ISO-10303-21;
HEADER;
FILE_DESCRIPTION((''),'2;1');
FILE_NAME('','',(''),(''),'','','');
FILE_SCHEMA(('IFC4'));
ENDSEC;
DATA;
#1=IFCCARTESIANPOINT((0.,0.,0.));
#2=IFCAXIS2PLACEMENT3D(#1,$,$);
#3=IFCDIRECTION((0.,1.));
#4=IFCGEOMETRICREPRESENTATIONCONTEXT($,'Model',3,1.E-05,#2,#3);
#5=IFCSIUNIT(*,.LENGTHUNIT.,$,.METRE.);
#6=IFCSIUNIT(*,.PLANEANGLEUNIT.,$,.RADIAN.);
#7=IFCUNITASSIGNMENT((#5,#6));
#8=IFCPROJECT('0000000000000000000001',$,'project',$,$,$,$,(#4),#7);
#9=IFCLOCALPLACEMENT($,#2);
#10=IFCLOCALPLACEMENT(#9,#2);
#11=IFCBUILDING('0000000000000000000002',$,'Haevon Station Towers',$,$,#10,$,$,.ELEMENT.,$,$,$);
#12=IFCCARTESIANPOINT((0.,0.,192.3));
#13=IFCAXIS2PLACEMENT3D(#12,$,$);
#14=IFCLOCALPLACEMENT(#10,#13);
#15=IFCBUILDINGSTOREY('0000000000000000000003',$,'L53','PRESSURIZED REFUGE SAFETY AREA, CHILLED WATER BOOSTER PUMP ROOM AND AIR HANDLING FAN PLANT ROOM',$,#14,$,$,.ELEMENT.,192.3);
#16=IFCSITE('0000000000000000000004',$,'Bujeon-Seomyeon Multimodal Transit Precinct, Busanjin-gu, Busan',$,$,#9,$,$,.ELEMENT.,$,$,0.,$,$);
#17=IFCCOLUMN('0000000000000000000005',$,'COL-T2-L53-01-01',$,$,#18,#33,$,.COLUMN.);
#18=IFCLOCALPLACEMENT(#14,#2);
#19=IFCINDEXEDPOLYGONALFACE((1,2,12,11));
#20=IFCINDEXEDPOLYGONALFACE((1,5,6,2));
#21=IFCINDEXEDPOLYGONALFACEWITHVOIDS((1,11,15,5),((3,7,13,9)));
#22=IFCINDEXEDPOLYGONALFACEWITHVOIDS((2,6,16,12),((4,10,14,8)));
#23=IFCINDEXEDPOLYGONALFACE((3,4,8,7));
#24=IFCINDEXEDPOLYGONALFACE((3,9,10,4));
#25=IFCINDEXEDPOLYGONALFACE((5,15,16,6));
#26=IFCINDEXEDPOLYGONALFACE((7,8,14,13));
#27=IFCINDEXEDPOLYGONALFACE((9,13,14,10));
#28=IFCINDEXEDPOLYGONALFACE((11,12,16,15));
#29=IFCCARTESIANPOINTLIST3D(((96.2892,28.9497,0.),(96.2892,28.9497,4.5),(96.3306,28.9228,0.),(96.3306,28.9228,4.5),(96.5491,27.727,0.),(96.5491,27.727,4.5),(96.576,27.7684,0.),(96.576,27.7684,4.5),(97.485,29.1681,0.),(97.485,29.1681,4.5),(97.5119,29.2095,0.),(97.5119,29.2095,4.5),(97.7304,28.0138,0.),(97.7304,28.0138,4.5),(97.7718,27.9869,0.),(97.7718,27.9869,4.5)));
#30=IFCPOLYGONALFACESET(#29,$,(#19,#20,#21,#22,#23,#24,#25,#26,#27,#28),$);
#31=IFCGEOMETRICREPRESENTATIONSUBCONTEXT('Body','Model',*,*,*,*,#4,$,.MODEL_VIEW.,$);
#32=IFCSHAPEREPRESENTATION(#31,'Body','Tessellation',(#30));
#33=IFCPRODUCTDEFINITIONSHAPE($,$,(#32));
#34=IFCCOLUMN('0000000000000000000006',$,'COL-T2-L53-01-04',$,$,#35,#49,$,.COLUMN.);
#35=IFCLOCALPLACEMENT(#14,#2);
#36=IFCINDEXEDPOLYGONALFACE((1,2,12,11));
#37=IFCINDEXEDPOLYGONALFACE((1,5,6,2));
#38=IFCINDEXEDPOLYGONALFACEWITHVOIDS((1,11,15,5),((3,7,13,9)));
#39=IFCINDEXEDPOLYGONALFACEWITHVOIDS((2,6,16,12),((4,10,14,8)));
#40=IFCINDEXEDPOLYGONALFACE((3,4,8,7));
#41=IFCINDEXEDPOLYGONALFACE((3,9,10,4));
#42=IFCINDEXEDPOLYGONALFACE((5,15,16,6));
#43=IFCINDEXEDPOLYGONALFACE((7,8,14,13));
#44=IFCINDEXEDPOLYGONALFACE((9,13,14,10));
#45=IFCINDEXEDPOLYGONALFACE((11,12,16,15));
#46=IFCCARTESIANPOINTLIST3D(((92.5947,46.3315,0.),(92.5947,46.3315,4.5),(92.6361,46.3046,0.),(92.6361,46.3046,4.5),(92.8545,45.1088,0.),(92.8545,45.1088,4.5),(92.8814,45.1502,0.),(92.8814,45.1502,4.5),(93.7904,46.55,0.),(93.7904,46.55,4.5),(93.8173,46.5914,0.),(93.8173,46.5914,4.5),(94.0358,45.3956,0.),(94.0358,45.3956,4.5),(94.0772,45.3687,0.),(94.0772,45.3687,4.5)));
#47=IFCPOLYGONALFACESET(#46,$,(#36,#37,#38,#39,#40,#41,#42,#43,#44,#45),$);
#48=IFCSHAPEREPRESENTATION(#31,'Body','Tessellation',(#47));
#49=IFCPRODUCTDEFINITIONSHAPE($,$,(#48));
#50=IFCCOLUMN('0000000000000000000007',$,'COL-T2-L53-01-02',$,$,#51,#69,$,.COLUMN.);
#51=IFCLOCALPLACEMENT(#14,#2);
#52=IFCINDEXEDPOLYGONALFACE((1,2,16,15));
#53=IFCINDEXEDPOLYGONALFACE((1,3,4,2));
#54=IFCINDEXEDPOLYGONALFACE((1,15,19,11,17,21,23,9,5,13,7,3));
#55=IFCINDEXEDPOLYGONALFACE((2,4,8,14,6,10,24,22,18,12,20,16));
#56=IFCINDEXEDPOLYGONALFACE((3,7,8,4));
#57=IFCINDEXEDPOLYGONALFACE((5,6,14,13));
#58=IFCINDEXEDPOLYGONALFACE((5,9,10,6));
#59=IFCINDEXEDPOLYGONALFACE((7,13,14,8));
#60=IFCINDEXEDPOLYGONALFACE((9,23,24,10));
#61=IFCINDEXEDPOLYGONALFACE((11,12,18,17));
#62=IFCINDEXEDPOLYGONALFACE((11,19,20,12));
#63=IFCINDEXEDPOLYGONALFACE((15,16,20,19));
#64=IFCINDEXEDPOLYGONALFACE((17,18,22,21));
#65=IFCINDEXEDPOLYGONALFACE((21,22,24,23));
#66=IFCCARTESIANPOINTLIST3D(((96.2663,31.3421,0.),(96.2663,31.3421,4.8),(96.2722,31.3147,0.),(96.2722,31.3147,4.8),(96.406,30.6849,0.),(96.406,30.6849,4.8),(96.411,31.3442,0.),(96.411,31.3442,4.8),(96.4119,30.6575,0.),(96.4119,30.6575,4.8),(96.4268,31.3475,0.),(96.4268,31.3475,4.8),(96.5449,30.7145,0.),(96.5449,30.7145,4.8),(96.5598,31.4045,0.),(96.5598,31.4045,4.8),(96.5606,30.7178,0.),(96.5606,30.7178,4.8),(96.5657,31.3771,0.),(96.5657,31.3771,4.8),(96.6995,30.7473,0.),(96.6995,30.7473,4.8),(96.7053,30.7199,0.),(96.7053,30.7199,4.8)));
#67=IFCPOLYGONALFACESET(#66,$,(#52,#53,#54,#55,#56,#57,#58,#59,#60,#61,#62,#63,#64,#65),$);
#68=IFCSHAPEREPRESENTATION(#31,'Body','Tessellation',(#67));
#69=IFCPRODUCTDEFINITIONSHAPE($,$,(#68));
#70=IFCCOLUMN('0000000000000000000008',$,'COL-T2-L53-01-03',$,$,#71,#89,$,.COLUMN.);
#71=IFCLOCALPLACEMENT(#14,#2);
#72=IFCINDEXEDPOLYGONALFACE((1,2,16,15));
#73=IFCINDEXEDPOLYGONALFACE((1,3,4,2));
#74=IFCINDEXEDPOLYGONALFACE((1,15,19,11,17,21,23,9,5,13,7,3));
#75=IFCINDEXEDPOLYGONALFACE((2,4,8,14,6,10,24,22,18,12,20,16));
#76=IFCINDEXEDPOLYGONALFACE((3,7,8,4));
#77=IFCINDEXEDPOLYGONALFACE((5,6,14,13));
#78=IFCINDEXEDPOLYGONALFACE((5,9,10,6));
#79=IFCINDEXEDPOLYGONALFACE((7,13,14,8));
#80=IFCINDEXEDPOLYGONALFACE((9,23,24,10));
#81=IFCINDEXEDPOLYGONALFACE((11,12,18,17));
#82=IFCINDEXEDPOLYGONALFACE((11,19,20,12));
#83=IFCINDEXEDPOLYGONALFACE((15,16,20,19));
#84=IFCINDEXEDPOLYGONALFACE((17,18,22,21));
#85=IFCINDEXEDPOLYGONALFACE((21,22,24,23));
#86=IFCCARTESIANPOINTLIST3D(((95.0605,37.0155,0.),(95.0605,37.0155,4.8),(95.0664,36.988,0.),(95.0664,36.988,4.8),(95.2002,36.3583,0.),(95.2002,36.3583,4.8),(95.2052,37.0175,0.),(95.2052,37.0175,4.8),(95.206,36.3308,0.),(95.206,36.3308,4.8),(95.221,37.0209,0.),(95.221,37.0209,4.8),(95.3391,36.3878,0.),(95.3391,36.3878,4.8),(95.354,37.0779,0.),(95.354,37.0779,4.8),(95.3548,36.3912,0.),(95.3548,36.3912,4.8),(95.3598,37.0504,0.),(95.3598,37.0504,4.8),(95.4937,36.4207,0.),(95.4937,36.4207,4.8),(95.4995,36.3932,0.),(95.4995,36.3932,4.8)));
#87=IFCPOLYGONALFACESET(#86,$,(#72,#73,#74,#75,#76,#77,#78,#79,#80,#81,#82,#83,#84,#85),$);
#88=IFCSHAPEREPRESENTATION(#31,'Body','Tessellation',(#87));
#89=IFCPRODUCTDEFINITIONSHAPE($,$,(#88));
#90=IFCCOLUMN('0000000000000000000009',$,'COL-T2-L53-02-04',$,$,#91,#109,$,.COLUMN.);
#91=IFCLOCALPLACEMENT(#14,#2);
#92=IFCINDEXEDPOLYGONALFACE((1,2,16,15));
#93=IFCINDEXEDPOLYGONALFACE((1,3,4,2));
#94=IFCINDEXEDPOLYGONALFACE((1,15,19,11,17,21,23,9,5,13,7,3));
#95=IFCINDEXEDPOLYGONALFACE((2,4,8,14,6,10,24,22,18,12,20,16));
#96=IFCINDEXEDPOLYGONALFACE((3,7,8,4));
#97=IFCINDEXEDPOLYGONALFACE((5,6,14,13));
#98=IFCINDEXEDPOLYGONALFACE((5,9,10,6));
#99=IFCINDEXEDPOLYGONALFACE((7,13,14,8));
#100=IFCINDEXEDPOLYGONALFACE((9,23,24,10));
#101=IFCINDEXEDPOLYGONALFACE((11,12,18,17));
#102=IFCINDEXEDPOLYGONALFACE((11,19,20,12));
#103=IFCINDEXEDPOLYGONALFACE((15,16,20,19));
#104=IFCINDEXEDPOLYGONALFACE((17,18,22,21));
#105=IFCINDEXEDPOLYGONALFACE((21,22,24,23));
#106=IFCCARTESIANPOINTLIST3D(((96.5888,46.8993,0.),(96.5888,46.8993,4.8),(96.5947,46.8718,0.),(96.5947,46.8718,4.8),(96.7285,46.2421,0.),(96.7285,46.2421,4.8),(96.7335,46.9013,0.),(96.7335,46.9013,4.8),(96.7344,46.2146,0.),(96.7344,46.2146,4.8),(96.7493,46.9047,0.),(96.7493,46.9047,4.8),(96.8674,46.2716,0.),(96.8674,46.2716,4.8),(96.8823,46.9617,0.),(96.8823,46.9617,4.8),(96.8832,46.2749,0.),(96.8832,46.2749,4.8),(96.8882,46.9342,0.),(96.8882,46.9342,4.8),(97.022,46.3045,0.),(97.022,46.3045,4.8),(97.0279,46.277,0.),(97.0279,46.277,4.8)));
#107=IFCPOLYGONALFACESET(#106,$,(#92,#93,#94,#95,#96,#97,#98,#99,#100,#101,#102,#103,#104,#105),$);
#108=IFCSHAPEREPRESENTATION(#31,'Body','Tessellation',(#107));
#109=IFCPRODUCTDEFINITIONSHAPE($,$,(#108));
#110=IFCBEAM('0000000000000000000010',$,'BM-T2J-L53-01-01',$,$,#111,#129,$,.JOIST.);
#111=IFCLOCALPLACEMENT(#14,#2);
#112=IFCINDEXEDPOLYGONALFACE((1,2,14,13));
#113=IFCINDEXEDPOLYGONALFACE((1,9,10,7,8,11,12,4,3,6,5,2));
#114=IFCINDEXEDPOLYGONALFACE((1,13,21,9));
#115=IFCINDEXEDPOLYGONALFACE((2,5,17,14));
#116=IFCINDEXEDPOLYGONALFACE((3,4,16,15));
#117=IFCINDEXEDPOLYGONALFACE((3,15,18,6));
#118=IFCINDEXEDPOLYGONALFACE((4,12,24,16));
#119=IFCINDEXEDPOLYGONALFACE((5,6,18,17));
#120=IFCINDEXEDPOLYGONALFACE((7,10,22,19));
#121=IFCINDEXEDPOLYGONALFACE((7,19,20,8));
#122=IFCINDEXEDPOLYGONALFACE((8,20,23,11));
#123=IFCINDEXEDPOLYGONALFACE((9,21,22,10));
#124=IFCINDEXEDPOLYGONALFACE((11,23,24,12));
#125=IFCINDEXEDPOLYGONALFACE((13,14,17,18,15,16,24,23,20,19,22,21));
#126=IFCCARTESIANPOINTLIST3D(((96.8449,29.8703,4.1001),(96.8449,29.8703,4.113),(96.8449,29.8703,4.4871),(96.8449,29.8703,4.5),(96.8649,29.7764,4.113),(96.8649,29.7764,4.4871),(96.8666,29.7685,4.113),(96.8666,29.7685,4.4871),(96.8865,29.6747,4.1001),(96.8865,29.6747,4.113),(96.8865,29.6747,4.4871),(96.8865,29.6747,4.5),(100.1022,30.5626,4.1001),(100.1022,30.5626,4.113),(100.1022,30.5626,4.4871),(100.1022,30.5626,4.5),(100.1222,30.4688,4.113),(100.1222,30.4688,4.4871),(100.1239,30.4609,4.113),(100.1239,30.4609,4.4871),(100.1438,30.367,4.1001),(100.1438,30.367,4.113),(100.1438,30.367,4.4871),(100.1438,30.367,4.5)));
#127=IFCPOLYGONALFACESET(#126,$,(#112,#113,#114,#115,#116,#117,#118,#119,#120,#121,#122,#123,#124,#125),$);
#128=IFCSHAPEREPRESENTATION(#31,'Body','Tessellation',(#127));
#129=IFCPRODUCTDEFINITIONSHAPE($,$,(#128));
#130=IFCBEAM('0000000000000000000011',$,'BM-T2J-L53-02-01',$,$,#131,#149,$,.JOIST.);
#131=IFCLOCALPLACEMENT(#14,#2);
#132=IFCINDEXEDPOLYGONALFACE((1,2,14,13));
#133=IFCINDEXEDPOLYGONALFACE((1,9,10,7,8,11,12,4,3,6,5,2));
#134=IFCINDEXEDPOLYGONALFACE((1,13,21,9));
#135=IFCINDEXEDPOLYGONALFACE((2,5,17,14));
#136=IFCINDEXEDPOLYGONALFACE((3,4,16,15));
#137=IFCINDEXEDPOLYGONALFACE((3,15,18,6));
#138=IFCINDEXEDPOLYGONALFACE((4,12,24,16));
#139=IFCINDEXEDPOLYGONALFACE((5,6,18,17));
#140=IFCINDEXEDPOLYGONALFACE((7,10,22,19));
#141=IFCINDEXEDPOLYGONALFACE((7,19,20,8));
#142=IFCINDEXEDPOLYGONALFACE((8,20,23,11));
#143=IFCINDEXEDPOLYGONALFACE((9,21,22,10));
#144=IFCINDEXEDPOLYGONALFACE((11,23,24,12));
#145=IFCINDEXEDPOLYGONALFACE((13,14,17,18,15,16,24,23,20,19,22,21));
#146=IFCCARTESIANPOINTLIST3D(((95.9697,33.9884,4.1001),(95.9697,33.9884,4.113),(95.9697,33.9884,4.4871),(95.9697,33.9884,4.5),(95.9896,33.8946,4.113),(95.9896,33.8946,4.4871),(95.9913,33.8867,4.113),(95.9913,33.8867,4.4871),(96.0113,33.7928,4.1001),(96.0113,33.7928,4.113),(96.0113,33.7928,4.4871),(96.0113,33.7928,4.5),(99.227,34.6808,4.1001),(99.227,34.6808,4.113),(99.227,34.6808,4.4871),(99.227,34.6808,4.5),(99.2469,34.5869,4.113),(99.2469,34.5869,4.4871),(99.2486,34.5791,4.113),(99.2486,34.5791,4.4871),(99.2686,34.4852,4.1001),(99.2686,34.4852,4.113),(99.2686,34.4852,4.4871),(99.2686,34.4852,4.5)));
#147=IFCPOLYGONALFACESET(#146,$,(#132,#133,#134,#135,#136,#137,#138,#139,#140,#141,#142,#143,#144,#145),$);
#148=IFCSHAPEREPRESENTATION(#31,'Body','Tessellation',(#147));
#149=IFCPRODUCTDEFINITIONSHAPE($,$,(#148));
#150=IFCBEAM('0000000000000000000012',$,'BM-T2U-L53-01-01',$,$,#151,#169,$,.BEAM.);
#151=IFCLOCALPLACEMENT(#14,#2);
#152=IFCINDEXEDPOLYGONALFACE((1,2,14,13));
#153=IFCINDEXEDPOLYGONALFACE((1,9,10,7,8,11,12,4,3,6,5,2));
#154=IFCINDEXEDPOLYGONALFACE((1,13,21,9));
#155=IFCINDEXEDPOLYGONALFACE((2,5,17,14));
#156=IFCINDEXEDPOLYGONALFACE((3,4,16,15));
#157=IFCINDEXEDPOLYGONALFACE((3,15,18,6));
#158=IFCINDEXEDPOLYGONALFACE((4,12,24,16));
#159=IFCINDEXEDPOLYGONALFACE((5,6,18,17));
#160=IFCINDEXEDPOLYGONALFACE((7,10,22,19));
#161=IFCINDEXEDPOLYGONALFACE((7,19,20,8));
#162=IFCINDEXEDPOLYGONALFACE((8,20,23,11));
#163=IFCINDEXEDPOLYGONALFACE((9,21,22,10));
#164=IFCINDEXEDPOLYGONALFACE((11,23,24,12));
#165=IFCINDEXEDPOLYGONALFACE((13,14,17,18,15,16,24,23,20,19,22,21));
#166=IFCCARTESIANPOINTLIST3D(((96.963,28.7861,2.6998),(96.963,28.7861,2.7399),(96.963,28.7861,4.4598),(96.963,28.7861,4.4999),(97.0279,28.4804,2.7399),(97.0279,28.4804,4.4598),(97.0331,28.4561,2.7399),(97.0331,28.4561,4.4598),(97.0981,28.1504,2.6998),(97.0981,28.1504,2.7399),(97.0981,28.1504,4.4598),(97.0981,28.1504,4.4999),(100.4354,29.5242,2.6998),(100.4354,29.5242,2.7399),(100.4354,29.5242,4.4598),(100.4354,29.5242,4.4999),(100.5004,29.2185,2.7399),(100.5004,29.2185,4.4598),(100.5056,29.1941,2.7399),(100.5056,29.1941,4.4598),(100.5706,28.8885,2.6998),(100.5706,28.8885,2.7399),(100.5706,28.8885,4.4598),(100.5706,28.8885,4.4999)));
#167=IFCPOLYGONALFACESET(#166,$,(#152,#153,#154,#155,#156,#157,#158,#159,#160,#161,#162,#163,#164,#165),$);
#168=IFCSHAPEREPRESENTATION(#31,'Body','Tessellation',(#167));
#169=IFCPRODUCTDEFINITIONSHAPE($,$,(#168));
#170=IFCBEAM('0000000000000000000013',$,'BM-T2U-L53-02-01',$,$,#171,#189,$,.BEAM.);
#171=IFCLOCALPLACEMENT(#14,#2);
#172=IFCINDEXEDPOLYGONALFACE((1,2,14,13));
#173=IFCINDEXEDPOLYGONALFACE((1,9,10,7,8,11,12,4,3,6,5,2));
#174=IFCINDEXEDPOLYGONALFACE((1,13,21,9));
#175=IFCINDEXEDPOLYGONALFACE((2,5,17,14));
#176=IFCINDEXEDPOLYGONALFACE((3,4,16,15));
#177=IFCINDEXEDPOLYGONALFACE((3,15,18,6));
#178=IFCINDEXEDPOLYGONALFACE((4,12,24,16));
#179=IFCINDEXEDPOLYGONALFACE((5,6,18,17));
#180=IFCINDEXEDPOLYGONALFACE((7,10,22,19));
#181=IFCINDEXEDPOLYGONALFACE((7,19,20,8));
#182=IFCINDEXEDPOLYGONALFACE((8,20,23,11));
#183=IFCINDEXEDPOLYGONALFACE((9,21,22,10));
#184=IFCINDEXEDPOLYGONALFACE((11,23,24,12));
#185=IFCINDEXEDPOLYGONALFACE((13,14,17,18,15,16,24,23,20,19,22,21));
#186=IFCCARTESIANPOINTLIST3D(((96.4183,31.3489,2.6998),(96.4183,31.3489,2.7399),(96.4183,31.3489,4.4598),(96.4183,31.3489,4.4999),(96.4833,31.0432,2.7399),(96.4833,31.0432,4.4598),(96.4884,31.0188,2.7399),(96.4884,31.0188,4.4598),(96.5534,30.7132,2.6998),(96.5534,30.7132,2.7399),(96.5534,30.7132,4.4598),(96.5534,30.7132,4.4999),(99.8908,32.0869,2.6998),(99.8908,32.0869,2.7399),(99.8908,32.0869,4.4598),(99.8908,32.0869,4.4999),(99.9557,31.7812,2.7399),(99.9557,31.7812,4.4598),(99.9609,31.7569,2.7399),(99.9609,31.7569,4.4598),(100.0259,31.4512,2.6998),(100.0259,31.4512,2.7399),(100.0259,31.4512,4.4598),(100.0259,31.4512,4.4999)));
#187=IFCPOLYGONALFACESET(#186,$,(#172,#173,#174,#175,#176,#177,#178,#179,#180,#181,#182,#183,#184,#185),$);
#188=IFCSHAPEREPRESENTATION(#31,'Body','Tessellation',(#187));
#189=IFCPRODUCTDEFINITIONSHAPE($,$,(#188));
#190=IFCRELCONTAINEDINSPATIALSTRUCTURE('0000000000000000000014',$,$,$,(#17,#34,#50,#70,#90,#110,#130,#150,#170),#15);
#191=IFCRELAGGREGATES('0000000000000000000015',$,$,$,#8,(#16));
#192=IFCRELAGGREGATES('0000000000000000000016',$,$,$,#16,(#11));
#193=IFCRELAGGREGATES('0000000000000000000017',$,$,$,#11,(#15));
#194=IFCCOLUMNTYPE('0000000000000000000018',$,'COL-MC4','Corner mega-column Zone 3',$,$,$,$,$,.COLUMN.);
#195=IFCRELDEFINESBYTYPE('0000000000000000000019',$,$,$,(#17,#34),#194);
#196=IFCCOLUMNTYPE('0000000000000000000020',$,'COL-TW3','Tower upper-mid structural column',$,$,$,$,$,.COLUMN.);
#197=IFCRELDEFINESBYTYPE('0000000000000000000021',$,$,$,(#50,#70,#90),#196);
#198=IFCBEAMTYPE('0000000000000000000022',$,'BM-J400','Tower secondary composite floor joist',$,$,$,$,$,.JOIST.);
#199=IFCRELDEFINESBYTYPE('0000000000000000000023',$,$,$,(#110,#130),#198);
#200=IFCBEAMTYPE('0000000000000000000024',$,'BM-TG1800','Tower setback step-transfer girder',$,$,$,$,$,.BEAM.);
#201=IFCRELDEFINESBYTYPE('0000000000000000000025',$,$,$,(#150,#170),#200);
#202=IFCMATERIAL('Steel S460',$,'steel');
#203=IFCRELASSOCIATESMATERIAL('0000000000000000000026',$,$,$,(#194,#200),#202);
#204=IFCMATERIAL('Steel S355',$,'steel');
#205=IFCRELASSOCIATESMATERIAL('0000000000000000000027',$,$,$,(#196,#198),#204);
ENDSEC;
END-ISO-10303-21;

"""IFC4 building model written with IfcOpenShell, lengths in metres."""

from ifc_helpers import new_model, si_unit, direction, frame, origin, origin_2d, place, context, subcontext, project, spatial, hollow_rectangle, i_section, extrude, material, material_profile, profile_set, type_object, element, save


model = new_model("IFC4")

# Units and contexts
model_context = context("Model", 3, precision=1e-05, world=origin(), true_north=direction((0.0, 1.0)))
body_context = subcontext(model_context, "Body", "Model", "MODEL_VIEW")
ifc_project = project(units=[si_unit("LENGTHUNIT", "METRE"), si_unit("PLANEANGLEUNIT", "RADIAN")], contexts=[model_context])

# Site, building, storey
site_placement = place(None, origin())
site = spatial("IfcSite", under=ifc_project, at=site_placement, Name="Bujeon-Seomyeon Multimodal Transit Precinct, Busanjin-gu, Busan", CompositionType="ELEMENT", RefElevation=0.0)
building_placement = place(site_placement, origin())
building = spatial("IfcBuilding", under=site, at=building_placement, Name="Haevon Station Towers", CompositionType="ELEMENT")
storey_placement = place(building_placement, frame((0.0, 0.0, 192.3)))
storey = spatial("IfcBuildingStorey", under=building, at=storey_placement, Name="L53", Description="PRESSURIZED REFUGE SAFETY AREA, CHILLED WATER BOOSTER PUMP ROOM AND AIR HANDLING FAN PLANT ROOM", CompositionType="ELEMENT", Elevation=192.3)

# Columns
ifc_material_1 = material(Name="Steel S460", Category="steel")
ifc_material_profile_1 = material_profile(ifc_material_1, hollow_rectangle(XDim=1.25, YDim=1.25, WallThickness=0.0349, at=origin_2d()), Name="BOX-1250x1250x35")
ifc_profile_set_1 = profile_set([ifc_material_profile_1], Name="Steel S460")
column_type_1 = type_object("IfcColumnType", Name="COL-MC4", Description="Corner mega-column Zone 3", PredefinedType="COLUMN", material=ifc_profile_set_1)
for number, where, z_axis, x_axis, name in (
    (1, (97.0305, 28.4683, 0.0), (0.0, 0.0, 1.0), (0.978148, 0.207912, 0.0), "COL-T2-L53-01-01"),
    (2, (93.3359, 45.8501, 0.0), (0.0, 0.0, 1.0), (0.978148, 0.207912, 0.0), "COL-T2-L53-01-04"),
):
    element("IfcColumn", number, at=place(storey_placement, frame(where, z_axis=z_axis, x_axis=x_axis)), inside=storey, type_object=column_type_1, Name=name, PredefinedType="COLUMN", context=body_context, shape_type="SweptSolid", body=[
        extrude(hollow_rectangle(XDim=1.25, YDim=1.25, WallThickness=0.0349, at=origin_2d()), origin(), (0.0, 0.0, 1.0), 4.5),
    ])
ifc_material_2 = material(Name="Steel S355", Category="steel")
ifc_material_profile_2 = material_profile(ifc_material_2, i_section(OverallWidth=0.3, OverallDepth=0.7, WebThickness=0.0161, FlangeThickness=0.0281, at=origin_2d()), Name="H-700x300x16x28")
ifc_profile_set_2 = profile_set([ifc_material_profile_2], Name="Steel S355")
column_type_2 = type_object("IfcColumnType", Name="COL-TW3", Description="Tower upper-mid structural column", PredefinedType="COLUMN", material=ifc_profile_set_2)
for number, where, z_axis, x_axis, name in (
    (3, (96.4858, 31.031, 0.0), (0.0, 0.0, 1.0), (0.978148, 0.207912, 0.0), "COL-T2-L53-01-02"),
    (4, (95.28, 36.7043, 0.0), (0.0, 0.0, 1.0), (0.978148, 0.207912, 0.0), "COL-T2-L53-01-03"),
    (5, (96.8083, 46.5881, 0.0), (0.0, 0.0, 1.0), (0.978148, 0.207912, 0.0), "COL-T2-L53-02-04"),
):
    element("IfcColumn", number, at=place(storey_placement, frame(where, z_axis=z_axis, x_axis=x_axis)), inside=storey, type_object=column_type_2, Name=name, PredefinedType="COLUMN", context=body_context, shape_type="SweptSolid", body=[
        extrude(i_section(OverallWidth=0.3, OverallDepth=0.7, WebThickness=0.0161, FlangeThickness=0.0281, at=origin_2d()), origin(), (0.0, 0.0, 1.0), 4.8),
    ])

# Beams
ifc_material_profile_3 = material_profile(ifc_material_2, i_section(OverallWidth=0.2, OverallDepth=0.3999, WebThickness=0.0081, FlangeThickness=0.0129, at=origin_2d()), Name="H-400x200x8x13")
ifc_profile_set_3 = profile_set([ifc_material_profile_3], Name="Steel S355")
beam_type_1 = type_object("IfcBeamType", Name="BM-J400", Description="Tower secondary composite floor joist", PredefinedType="JOIST", material=ifc_profile_set_3)
for number, where, z_axis, x_axis, name in (
    (6, (96.8657, 29.7725, 4.3), (0.978147, 0.207917, 0.0), (-0.207917, 0.978147, 0.0), "BM-T2J-L53-01-01"),
    (7, (95.9905, 33.8906, 4.3), (0.978147, 0.207917, 0.0), (-0.207917, 0.978147, 0.0), "BM-T2J-L53-02-01"),
):
    element("IfcBeam", number, at=place(storey_placement, frame(where, z_axis=z_axis, x_axis=x_axis)), inside=storey, type_object=beam_type_1, Name=name, PredefinedType="JOIST", context=body_context, shape_type="SweptSolid", body=[
        extrude(i_section(OverallWidth=0.2, OverallDepth=0.3999, WebThickness=0.0081, FlangeThickness=0.0129, at=origin_2d()), origin(), (0.0, 0.0, 1.0), 3.3301),
    ])
ifc_material_profile_4 = material_profile(ifc_material_1, i_section(OverallWidth=0.6499, OverallDepth=1.8, WebThickness=0.0249, FlangeThickness=0.04, at=origin_2d()), Name="H-1800x650x25x40")
ifc_profile_set_4 = profile_set([ifc_material_profile_4], Name="Steel S460")
beam_type_2 = type_object("IfcBeamType", Name="BM-TG1800", Description="Tower setback step-transfer girder", PredefinedType="BEAM", material=ifc_profile_set_4)
for number, where, z_axis, x_axis, name in (
    (8, (97.0305, 28.4683, 3.5999), (0.97815, 0.207899, 0.0), (-0.207899, 0.97815, 0.0), "BM-T2U-L53-01-01"),
    (9, (96.4858, 31.031, 3.5999), (0.97815, 0.207899, 0.0), (-0.207899, 0.97815, 0.0), "BM-T2U-L53-02-01"),
):
    element("IfcBeam", number, at=place(storey_placement, frame(where, z_axis=z_axis, x_axis=x_axis)), inside=storey, type_object=beam_type_2, Name=name, PredefinedType="BEAM", context=body_context, shape_type="SweptSolid", body=[
        extrude(i_section(OverallWidth=0.6499, OverallDepth=1.8, WebThickness=0.0249, FlangeThickness=0.04, at=origin_2d()), origin(), (0.0, 0.0, 1.0), 3.55),
    ])

save(model, "model.ifc")
